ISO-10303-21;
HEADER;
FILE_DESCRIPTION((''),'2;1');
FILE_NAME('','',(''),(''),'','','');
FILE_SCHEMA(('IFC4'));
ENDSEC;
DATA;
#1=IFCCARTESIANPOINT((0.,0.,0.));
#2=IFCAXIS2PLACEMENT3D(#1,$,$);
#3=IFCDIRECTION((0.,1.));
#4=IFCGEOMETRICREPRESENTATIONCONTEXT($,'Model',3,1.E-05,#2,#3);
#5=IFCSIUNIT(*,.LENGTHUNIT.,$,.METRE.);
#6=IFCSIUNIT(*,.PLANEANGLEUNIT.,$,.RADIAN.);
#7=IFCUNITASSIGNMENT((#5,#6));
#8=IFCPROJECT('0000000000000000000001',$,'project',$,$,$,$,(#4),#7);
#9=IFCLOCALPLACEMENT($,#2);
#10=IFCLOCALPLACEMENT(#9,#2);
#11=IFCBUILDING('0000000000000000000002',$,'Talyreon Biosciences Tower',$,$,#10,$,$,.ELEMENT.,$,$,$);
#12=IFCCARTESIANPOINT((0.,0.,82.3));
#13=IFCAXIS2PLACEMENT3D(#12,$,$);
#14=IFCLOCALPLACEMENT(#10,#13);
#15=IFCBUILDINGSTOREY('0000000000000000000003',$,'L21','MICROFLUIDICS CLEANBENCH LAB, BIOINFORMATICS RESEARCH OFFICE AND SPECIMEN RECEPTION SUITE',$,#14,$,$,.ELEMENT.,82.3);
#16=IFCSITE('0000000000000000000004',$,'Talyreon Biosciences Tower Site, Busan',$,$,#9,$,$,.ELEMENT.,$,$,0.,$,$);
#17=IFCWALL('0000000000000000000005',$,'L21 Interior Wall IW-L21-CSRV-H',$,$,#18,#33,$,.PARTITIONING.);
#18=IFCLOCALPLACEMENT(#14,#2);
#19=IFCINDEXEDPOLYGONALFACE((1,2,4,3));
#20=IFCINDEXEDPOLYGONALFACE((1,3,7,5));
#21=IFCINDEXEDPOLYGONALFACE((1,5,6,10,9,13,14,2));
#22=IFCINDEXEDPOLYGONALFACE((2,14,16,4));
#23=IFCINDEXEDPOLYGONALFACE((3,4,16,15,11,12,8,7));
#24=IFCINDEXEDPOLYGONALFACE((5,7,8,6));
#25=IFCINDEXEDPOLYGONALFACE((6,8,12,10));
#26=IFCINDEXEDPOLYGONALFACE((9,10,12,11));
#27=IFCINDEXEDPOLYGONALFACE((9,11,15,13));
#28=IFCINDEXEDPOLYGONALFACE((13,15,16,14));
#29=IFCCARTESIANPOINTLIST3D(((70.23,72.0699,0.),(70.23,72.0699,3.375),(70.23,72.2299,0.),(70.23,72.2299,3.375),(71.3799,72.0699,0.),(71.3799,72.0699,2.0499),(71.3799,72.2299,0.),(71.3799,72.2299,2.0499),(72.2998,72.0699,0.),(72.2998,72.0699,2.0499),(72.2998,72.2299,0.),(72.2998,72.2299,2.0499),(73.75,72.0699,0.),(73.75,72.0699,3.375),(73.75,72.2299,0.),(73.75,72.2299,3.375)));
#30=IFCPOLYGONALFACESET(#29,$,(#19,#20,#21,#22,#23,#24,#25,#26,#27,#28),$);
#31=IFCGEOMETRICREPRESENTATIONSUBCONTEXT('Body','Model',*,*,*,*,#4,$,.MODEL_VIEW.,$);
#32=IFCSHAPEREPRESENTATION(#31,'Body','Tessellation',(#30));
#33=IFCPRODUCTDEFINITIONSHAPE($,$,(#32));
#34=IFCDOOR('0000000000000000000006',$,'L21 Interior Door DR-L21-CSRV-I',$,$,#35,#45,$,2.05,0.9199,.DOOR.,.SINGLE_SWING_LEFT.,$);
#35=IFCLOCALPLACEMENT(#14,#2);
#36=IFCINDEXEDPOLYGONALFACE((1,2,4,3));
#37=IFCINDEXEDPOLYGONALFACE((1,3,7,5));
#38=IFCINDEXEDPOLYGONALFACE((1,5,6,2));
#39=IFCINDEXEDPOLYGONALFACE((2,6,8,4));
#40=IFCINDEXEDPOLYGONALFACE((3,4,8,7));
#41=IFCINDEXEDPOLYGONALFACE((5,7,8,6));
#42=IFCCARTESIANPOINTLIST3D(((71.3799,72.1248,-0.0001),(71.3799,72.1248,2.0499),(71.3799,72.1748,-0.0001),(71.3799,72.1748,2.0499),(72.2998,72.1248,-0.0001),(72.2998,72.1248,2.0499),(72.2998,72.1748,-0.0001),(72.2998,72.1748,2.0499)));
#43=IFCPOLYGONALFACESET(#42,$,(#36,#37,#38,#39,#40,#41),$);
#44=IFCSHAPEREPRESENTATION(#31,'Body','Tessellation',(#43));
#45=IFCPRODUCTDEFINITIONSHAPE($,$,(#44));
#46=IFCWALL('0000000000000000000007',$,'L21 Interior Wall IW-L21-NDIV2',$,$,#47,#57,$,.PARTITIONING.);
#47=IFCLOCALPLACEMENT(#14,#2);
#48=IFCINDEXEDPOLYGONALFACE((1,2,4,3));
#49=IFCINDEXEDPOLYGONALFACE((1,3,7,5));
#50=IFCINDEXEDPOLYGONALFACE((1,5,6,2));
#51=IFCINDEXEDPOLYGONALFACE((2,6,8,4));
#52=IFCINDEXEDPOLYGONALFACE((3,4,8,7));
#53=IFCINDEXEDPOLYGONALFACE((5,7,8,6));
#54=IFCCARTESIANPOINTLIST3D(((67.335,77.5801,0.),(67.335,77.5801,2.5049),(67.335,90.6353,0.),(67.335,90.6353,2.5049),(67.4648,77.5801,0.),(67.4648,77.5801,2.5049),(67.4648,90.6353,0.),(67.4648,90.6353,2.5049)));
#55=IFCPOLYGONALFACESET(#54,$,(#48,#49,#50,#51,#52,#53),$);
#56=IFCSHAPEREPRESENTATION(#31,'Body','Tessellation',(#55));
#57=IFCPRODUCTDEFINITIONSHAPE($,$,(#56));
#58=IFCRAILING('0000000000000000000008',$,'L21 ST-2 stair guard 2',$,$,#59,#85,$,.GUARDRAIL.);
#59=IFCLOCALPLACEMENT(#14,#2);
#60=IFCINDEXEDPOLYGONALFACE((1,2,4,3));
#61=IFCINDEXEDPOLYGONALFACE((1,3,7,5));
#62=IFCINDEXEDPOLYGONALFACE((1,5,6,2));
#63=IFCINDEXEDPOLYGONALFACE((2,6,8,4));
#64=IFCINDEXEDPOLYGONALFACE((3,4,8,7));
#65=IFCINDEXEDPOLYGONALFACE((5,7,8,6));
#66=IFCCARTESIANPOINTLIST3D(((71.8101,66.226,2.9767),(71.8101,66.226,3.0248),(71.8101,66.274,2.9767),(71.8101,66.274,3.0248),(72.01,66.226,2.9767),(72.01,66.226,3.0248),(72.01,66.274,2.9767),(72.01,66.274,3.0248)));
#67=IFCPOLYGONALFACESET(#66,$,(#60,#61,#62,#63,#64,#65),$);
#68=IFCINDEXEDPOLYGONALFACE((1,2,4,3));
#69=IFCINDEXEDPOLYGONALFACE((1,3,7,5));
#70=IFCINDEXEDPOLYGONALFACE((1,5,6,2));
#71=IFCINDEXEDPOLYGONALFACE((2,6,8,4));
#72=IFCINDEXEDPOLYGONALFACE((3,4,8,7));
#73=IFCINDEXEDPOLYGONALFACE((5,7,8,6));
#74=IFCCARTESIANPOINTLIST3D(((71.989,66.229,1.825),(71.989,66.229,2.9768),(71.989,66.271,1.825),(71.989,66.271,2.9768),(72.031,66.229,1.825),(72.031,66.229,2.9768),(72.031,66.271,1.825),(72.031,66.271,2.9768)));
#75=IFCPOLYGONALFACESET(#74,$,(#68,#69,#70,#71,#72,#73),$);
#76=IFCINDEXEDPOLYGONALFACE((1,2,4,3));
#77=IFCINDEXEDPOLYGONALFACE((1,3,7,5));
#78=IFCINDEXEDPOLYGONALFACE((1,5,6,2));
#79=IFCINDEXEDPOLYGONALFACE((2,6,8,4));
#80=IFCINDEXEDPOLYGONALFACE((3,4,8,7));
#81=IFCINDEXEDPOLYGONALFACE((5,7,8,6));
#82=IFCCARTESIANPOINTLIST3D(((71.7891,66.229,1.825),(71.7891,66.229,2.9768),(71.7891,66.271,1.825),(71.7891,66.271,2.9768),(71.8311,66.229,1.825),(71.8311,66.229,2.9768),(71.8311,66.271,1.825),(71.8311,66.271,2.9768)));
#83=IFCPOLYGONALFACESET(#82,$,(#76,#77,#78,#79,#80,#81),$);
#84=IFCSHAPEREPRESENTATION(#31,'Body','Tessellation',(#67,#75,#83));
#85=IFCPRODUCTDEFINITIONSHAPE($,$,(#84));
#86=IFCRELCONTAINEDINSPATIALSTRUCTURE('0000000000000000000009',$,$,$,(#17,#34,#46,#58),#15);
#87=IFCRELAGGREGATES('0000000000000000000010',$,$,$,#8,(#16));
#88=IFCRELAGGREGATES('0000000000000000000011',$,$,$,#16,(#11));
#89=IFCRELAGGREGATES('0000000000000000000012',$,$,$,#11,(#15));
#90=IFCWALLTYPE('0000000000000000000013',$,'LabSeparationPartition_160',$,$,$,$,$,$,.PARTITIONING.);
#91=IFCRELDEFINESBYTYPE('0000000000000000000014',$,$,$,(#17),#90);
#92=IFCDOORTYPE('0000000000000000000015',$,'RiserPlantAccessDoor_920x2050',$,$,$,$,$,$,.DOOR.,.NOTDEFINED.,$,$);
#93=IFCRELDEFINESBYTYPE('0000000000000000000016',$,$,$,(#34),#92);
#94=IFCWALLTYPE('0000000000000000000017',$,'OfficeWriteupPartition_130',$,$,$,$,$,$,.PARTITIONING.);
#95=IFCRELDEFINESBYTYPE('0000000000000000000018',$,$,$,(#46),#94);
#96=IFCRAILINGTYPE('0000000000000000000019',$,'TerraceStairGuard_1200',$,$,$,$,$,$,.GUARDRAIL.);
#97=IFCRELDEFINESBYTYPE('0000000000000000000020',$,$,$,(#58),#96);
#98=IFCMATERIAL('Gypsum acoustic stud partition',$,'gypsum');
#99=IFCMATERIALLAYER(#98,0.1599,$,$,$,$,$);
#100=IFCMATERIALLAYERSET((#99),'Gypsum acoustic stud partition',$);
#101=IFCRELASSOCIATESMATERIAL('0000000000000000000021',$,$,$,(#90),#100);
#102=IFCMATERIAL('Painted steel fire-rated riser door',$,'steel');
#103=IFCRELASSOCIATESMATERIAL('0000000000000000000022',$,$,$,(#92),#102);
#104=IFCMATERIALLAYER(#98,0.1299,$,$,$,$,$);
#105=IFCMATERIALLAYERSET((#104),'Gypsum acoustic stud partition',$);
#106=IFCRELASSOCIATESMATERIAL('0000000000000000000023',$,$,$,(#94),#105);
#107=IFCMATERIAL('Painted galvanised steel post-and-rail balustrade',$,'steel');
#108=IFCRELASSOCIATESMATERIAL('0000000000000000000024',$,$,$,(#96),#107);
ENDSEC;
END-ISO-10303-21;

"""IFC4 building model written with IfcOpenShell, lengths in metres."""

from ifc_helpers import new_model, si_unit, direction, frame, frame_2d, origin, origin_2d, place, context, subcontext, project, spatial, rectangle, extrude, material, layer, layer_set, type_object, element, fill, save


model = new_model("IFC4")

# Units and contexts
model_context = context("Model", 3, precision=1e-05, world=origin(), true_north=direction((0.0, 1.0)))
body_context = subcontext(model_context, "Body", "Model", "MODEL_VIEW")
ifc_project = project(units=[si_unit("LENGTHUNIT", "METRE"), si_unit("PLANEANGLEUNIT", "RADIAN")], contexts=[model_context])

# Site, building, storey
site_placement = place(None, origin())
site = spatial("IfcSite", under=ifc_project, at=site_placement, Name="Talyreon Biosciences Tower Site, Busan", CompositionType="ELEMENT", RefElevation=0.0)
building_placement = place(site_placement, origin())
building = spatial("IfcBuilding", under=site, at=building_placement, Name="Talyreon Biosciences Tower", CompositionType="ELEMENT")
storey_placement = place(building_placement, frame((0.0, 0.0, 82.3)))
storey = spatial("IfcBuildingStorey", under=building, at=storey_placement, Name="L21", Description="MICROFLUIDICS CLEANBENCH LAB, BIOINFORMATICS RESEARCH OFFICE AND SPECIMEN RECEPTION SUITE", CompositionType="ELEMENT", Elevation=82.3)

# Wall, opening, door
ifc_material_1 = material(Name="Gypsum acoustic stud partition", Category="gypsum")
ifc_layer_1 = layer(ifc_material_1, 0.1599)
ifc_layer_set_1 = layer_set([ifc_layer_1], Name="Gypsum acoustic stud partition")
wall_type_1 = type_object("IfcWallType", Name="LabSeparationPartition_160", PredefinedType="PARTITIONING", material=ifc_layer_set_1)
wall_1_placement = place(storey_placement, frame((70.23, 72.1499, 0.0), z_axis=(0.0, 0.0, 1.0), x_axis=(1.0, 0.0, 0.0)))
wall_1 = element("IfcWall", 1, at=wall_1_placement, inside=storey, type_object=wall_type_1, Name="L21 Interior Wall IW-L21-CSRV-H", PredefinedType="PARTITIONING", context=body_context, shape_type="SweptSolid", body=[
    extrude(rectangle(XDim=3.52, YDim=0.1599, at=frame_2d((1.76, 0.0))), origin(), (0.0, 0.0, 1.0), 3.375),
])
opening_1_placement = place(wall_1_placement, frame((1.1499, 0.0, 0.0)))
opening_1 = element("IfcOpeningElement", 2, at=opening_1_placement, cuts=wall_1, PredefinedType="OPENING", context=body_context, shape_type="SweptSolid", body=[
    extrude(rectangle(XDim=0.9199, YDim=2.05, at=frame_2d((0.46, 1.0249))), frame((0.0, 0.0898, 0.0), z_axis=(0.0, -1.0, 0.0), x_axis=(1.0, 0.0, 0.0)), (0.0, 0.0, 1.0), 0.1799),
])
ifc_material_2 = material(Name="Painted steel fire-rated riser door", Category="steel")
door_type_1 = type_object("IfcDoorType", Name="RiserPlantAccessDoor_920x2050", OperationType="NOTDEFINED", PredefinedType="DOOR", material=ifc_material_2)
door_1_placement = place(opening_1_placement, origin())
door_1 = element("IfcDoor", 3, at=door_1_placement, inside=storey, type_object=door_type_1, Name="L21 Interior Door DR-L21-CSRV-I", OperationType="SINGLE_SWING_LEFT", OverallHeight=2.05, OverallWidth=0.9199, PredefinedType="DOOR", context=body_context, shape_type="SweptSolid", body=[
    extrude(rectangle(XDim=0.9199, YDim=2.05, at=frame_2d((0.46, 1.0249))), frame((0.0, 0.0249, 0.0), z_axis=(0.0, -1.0, 0.0), x_axis=(1.0, 0.0, 0.0)), (0.0, 0.0, 1.0), 0.05),
])
fill(opening_1, door_1)

# Wall
ifc_layer_2 = layer(ifc_material_1, 0.1299)
ifc_layer_set_2 = layer_set([ifc_layer_2], Name="Gypsum acoustic stud partition")
wall_type_2 = type_object("IfcWallType", Name="OfficeWriteupPartition_130", PredefinedType="PARTITIONING", material=ifc_layer_set_2)
wall_2_placement = place(storey_placement, frame((67.3999, 77.5801, 0.0), z_axis=(0.0, 0.0, 1.0), x_axis=(0.0, 1.0, 0.0)))
element("IfcWall", 4, at=wall_2_placement, inside=storey, type_object=wall_type_2, Name="L21 Interior Wall IW-L21-NDIV2", PredefinedType="PARTITIONING", context=body_context, shape_type="SweptSolid", body=[
    extrude(rectangle(XDim=13.0552, YDim=0.1299, at=frame_2d((6.5276, 0.0))), origin(), (0.0, 0.0, 1.0), 2.5049),
])

# Railing
ifc_material_3 = material(Name="Painted galvanised steel post-and-rail balustrade", Category="steel")
railing_type = type_object("IfcRailingType", Name="TerraceStairGuard_1200", PredefinedType="GUARDRAIL", material=ifc_material_3)
railing_placement = place(storey_placement, frame((72.01, 66.25, 1.825)))
element("IfcRailing", 5, at=railing_placement, inside=storey, type_object=railing_type, Name="L21 ST-2 stair guard 2", PredefinedType="GUARDRAIL", context=body_context, shape_type="SweptSolid", body=[
    extrude(rectangle(XDim=0.0481, YDim=0.0481, at=origin_2d()), frame((0.0, 0.0, 1.1758), z_axis=(-1.0, 0.0, 0.0), x_axis=(0.0, -1.0, 0.0)), (0.0, 0.0, 1.0), 0.2),
    extrude(rectangle(XDim=0.042, YDim=0.042, at=origin_2d()), origin(), (0.0, 0.0, 1.0), 1.1519),
    extrude(rectangle(XDim=0.042, YDim=0.042, at=origin_2d()), frame((-0.2, 0.0, 0.0)), (0.0, 0.0, 1.0), 1.1519),
])

save(model, "model.ifc")
